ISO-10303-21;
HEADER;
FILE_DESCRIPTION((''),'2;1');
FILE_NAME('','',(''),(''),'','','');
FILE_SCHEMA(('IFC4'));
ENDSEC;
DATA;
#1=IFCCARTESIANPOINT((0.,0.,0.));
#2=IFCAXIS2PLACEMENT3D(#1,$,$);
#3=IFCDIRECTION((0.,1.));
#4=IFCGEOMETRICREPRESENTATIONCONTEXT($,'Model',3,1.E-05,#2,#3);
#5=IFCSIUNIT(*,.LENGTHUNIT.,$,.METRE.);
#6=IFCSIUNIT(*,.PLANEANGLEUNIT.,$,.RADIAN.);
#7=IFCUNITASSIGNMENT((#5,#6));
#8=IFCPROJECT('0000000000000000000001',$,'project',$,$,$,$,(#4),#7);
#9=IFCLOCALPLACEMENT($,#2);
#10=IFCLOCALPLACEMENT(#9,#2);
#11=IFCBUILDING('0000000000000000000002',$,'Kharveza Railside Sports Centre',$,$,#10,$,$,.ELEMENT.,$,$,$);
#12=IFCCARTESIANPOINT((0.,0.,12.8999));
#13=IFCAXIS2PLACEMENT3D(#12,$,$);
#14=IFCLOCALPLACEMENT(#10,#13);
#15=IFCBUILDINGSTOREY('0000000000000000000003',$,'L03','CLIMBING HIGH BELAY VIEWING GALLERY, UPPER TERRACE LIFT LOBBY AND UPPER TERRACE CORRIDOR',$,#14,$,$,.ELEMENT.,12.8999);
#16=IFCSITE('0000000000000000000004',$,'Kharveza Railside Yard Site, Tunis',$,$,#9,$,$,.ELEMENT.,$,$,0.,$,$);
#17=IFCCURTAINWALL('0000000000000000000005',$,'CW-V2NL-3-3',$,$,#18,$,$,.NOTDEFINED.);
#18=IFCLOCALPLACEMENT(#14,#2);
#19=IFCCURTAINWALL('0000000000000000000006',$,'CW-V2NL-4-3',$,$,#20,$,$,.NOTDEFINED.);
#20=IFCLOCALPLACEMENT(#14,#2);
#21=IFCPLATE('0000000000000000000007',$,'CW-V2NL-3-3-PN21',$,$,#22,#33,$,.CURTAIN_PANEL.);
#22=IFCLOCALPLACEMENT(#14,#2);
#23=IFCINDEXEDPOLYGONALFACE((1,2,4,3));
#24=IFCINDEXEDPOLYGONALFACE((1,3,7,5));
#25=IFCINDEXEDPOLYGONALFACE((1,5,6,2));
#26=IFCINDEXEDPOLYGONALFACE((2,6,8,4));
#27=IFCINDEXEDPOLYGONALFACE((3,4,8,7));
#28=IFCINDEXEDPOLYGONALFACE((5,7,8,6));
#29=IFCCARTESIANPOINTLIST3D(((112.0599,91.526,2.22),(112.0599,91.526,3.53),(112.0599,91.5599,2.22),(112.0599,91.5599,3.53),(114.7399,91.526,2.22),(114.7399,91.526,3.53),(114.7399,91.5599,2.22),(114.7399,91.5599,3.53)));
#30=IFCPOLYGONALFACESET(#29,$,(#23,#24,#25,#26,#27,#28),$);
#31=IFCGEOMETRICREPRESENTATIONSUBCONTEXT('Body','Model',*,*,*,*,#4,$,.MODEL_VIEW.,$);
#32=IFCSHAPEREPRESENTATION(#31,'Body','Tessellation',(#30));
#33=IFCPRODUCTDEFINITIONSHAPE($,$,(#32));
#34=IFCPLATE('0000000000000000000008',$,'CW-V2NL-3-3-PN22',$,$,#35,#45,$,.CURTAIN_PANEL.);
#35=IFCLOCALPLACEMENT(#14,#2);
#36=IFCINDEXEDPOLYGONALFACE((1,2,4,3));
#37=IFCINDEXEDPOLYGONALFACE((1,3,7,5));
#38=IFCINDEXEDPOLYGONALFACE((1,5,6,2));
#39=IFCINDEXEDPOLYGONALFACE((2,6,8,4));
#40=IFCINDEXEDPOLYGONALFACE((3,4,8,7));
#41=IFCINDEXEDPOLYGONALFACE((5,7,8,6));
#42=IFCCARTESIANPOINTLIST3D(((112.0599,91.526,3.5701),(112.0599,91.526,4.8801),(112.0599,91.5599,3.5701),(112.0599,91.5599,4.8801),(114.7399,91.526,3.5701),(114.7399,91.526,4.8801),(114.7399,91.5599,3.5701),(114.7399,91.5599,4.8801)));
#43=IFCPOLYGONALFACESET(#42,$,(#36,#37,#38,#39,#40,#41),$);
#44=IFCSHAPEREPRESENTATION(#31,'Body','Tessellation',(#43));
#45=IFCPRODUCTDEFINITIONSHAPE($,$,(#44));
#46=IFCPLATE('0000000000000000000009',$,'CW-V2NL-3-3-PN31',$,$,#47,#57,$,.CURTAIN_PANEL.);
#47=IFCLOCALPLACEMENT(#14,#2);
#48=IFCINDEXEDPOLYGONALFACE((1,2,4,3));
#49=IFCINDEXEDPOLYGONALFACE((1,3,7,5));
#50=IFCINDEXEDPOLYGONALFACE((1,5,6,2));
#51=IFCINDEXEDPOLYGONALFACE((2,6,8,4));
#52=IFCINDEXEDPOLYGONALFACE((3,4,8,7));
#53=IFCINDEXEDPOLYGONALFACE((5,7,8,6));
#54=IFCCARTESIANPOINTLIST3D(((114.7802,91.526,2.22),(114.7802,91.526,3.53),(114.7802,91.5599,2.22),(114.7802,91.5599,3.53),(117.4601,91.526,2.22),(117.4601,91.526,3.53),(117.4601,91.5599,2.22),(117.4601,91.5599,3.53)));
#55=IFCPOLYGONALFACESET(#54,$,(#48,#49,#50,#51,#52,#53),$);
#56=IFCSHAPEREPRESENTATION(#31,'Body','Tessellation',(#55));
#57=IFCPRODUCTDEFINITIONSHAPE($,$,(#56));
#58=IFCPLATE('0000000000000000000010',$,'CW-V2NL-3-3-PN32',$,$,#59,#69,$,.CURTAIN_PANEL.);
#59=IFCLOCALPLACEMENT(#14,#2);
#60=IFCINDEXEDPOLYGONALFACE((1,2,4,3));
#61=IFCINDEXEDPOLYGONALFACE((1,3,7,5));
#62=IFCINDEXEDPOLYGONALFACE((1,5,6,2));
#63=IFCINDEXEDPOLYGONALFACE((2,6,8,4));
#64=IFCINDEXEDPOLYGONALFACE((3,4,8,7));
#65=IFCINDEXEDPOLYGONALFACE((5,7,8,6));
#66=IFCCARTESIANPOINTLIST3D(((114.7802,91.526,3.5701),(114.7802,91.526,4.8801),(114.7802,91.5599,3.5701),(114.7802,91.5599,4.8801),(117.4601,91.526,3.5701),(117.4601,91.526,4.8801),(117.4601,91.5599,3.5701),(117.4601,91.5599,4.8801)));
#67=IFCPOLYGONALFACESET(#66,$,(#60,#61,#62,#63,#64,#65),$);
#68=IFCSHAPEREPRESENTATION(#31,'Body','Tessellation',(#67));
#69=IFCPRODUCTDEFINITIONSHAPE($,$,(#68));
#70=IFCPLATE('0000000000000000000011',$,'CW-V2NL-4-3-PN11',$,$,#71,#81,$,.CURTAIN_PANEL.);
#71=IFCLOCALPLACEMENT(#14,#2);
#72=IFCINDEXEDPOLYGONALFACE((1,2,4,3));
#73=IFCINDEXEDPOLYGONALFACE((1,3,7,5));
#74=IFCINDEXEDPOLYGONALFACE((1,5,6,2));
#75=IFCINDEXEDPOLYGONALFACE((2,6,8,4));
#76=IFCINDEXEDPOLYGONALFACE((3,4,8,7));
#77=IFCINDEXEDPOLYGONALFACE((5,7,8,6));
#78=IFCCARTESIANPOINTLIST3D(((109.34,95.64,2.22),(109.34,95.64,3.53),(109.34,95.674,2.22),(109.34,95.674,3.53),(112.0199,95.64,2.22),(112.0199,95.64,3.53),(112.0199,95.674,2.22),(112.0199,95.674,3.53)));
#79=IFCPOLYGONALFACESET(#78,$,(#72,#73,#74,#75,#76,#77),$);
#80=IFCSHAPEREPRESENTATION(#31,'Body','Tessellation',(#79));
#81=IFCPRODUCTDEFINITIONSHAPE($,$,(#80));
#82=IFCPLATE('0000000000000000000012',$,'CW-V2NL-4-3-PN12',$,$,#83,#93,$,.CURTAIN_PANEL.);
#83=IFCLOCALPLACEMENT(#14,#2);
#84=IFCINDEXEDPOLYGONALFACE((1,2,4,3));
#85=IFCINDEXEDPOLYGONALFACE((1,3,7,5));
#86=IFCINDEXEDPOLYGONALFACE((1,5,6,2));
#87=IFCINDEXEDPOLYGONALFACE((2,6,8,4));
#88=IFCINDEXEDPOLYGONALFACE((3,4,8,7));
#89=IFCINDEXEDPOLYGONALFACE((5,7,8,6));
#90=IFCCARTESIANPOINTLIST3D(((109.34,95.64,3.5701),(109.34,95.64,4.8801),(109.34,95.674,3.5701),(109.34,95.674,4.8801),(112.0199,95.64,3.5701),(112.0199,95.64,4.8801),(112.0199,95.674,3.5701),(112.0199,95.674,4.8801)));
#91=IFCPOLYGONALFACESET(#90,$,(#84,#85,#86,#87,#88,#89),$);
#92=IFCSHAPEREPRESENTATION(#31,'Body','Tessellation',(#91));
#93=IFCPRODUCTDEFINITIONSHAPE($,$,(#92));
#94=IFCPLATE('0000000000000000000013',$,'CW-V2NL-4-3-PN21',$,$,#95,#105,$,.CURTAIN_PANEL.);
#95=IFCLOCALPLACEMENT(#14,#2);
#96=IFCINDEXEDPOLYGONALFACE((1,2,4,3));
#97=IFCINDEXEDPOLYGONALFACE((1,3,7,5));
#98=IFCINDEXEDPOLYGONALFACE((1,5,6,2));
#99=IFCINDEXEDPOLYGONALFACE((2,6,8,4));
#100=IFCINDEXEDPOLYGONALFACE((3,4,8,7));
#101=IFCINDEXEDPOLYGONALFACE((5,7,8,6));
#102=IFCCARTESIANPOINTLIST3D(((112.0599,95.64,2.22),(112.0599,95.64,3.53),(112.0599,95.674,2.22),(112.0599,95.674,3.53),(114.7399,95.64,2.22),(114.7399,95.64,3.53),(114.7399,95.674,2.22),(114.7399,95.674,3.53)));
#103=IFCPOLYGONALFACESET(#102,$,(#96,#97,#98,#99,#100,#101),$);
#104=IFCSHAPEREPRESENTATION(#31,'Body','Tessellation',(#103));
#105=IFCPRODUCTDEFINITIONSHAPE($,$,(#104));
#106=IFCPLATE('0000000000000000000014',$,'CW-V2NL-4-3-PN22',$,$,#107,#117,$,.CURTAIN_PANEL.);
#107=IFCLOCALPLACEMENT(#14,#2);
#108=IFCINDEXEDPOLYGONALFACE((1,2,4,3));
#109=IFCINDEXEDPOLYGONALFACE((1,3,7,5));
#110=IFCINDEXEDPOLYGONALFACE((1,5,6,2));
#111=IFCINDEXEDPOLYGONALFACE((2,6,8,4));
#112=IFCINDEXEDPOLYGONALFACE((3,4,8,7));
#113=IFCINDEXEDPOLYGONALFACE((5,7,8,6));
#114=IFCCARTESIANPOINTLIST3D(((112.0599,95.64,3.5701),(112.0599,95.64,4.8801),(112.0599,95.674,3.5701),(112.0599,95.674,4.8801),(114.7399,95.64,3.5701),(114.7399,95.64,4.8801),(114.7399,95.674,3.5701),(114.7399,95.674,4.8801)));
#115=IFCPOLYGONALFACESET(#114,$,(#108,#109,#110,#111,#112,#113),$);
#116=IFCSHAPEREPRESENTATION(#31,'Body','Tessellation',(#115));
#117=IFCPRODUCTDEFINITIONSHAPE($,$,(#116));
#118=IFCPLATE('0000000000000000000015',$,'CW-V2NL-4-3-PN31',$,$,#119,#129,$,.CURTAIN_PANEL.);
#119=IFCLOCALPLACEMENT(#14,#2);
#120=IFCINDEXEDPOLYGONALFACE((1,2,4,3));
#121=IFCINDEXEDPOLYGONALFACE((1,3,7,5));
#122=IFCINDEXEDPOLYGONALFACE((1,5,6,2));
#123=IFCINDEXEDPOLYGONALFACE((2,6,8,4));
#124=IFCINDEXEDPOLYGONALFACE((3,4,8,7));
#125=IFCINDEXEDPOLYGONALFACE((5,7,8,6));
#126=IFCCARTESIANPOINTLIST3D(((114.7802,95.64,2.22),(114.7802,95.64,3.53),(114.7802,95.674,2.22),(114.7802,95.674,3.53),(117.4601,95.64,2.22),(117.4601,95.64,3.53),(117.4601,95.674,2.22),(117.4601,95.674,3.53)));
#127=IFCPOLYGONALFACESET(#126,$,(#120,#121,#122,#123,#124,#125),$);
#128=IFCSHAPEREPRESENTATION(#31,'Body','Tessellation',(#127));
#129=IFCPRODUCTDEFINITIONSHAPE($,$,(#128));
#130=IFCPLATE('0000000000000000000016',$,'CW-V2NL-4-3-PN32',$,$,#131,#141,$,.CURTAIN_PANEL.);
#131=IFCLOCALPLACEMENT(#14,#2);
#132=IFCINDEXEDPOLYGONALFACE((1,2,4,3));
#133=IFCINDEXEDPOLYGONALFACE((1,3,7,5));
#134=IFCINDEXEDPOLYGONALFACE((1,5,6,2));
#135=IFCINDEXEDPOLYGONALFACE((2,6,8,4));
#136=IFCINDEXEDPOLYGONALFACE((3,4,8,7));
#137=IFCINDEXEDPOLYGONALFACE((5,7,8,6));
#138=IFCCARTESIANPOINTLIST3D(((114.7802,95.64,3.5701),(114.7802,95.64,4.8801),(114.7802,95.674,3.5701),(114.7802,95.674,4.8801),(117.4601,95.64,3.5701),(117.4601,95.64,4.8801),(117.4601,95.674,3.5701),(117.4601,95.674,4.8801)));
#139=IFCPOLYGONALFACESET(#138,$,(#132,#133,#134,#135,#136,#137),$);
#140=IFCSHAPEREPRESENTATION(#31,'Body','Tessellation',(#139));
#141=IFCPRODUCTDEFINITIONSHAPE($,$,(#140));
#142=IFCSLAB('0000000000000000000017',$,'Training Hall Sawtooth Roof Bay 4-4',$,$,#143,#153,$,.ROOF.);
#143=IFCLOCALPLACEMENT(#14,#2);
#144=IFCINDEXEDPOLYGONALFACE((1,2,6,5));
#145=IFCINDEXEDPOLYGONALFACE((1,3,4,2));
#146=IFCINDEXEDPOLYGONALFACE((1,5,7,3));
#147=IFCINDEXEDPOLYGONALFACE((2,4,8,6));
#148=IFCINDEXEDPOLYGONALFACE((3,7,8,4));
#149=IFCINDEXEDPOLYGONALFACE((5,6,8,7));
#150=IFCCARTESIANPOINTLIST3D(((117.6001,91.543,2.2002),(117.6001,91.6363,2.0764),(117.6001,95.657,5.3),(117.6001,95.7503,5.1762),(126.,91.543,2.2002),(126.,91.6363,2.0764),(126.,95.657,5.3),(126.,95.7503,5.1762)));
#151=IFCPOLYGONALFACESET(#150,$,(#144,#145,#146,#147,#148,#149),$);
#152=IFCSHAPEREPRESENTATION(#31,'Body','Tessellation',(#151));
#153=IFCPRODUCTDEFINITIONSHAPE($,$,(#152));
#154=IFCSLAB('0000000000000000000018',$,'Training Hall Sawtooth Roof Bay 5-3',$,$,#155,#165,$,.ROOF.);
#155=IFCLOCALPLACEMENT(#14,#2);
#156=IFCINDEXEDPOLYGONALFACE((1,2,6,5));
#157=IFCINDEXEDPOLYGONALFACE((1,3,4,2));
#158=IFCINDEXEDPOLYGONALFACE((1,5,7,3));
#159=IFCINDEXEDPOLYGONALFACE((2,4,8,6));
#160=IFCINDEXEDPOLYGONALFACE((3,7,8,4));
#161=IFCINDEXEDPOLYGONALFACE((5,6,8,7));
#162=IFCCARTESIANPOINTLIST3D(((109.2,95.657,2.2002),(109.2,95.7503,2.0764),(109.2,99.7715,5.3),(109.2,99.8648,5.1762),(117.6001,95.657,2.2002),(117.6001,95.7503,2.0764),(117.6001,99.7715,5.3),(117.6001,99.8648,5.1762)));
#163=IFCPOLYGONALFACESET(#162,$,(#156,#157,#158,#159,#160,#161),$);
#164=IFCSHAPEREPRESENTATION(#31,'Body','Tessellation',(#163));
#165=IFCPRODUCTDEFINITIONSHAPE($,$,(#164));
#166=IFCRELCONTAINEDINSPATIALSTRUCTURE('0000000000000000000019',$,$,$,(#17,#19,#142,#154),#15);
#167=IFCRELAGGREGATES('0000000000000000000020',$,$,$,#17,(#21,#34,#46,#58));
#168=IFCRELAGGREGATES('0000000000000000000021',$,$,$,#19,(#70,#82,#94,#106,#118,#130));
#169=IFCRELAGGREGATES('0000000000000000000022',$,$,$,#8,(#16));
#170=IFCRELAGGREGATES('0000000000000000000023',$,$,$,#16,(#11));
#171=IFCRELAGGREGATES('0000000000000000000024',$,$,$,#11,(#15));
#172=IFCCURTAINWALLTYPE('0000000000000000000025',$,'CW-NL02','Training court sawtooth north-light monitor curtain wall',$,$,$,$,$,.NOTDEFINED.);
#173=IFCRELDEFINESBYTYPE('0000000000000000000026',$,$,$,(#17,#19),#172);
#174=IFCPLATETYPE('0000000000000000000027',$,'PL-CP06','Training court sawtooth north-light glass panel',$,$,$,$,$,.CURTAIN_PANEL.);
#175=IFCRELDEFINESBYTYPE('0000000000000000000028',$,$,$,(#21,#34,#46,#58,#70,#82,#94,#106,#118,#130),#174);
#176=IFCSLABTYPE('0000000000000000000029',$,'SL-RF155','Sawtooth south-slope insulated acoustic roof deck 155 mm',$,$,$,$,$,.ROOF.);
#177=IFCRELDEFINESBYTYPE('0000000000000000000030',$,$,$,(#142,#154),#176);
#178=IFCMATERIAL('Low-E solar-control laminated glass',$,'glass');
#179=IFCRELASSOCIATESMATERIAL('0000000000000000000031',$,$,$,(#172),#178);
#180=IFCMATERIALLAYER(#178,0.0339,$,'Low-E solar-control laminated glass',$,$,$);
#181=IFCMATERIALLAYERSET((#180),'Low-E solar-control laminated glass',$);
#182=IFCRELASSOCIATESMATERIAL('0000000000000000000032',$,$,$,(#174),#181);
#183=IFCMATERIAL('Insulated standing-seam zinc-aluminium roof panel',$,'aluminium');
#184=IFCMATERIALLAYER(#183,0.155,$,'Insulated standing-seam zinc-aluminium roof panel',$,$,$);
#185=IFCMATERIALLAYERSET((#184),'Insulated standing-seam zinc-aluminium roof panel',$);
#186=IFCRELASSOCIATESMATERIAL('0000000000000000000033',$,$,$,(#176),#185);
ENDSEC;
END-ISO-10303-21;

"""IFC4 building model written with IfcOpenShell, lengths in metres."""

from ifc_helpers import new_model, si_unit, direction, frame, origin, origin_2d, place, context, subcontext, project, spatial, polyline, rectangle, outline, extrude, material, layer, layer_set, type_object, element, aggregate, save


model = new_model("IFC4")

# Units and contexts
model_context = context("Model", 3, precision=1e-05, world=origin(), true_north=direction((0.0, 1.0)))
body_context = subcontext(model_context, "Body", "Model", "MODEL_VIEW")
ifc_project = project(units=[si_unit("LENGTHUNIT", "METRE"), si_unit("PLANEANGLEUNIT", "RADIAN")], contexts=[model_context])

# Site, building, storey
site_placement = place(None, origin())
site = spatial("IfcSite", under=ifc_project, at=site_placement, Name="Kharveza Railside Yard Site, Tunis", CompositionType="ELEMENT", RefElevation=0.0)
building_placement = place(site_placement, origin())
building = spatial("IfcBuilding", under=site, at=building_placement, Name="Kharveza Railside Sports Centre", CompositionType="ELEMENT")
storey_placement = place(building_placement, frame((0.0, 0.0, 12.8999)))
storey = spatial("IfcBuildingStorey", under=building, at=storey_placement, Name="L03", Description="CLIMBING HIGH BELAY VIEWING GALLERY, UPPER TERRACE LIFT LOBBY AND UPPER TERRACE CORRIDOR", CompositionType="ELEMENT", Elevation=12.8999)

# Curtain walls
ifc_material_1 = material(Name="Low-E solar-control laminated glass", Category="glass")
curtain_wall_type = type_object("IfcCurtainWallType", Name="CW-NL02", Description="Training court sawtooth north-light monitor curtain wall", PredefinedType="NOTDEFINED", material=ifc_material_1)
curtain_wall_1_placement = place(storey_placement, origin())
curtain_wall_1 = element("IfcCurtainWall", 1, at=curtain_wall_1_placement, inside=storey, type_object=curtain_wall_type, Name="CW-V2NL-3-3", PredefinedType="NOTDEFINED")
curtain_wall_2_placement = place(storey_placement, origin())
curtain_wall_2 = element("IfcCurtainWall", 2, at=curtain_wall_2_placement, inside=storey, type_object=curtain_wall_type, Name="CW-V2NL-4-3", PredefinedType="NOTDEFINED")

# Plates
ifc_layer_1 = layer(ifc_material_1, 0.0339, Name="Low-E solar-control laminated glass")
ifc_layer_set_1 = layer_set([ifc_layer_1], Name="Low-E solar-control laminated glass")
plate_type = type_object("IfcPlateType", Name="PL-CP06", Description="Training court sawtooth north-light glass panel", PredefinedType="CURTAIN_PANEL", material=ifc_layer_set_1)
plate_1_placement = place(storey_placement, frame((113.3999, 91.543, 2.22), z_axis=(0.0, 0.0, 1.0), x_axis=(1.0, 0.0, 0.0)))
plate_1 = element("IfcPlate", 3, at=plate_1_placement, type_object=plate_type, Name="CW-V2NL-3-3-PN21", PredefinedType="CURTAIN_PANEL", context=body_context, shape_type="SweptSolid", body=[
    extrude(rectangle(XDim=2.6799, YDim=0.0339, at=origin_2d()), origin(), (0.0, 0.0, 1.0), 1.3101),
])
plate_2_placement = place(storey_placement, frame((113.3999, 91.543, 3.5701), z_axis=(0.0, 0.0, 1.0), x_axis=(1.0, 0.0, 0.0)))
plate_2 = element("IfcPlate", 4, at=plate_2_placement, type_object=plate_type, Name="CW-V2NL-3-3-PN22", PredefinedType="CURTAIN_PANEL", context=body_context, shape_type="SweptSolid", body=[
    extrude(rectangle(XDim=2.6799, YDim=0.0339, at=origin_2d()), origin(), (0.0, 0.0, 1.0), 1.3101),
])
plate_3_placement = place(storey_placement, frame((116.1201, 91.543, 2.22), z_axis=(0.0, 0.0, 1.0), x_axis=(1.0, 0.0, 0.0)))
plate_3 = element("IfcPlate", 5, at=plate_3_placement, type_object=plate_type, Name="CW-V2NL-3-3-PN31", PredefinedType="CURTAIN_PANEL", context=body_context, shape_type="SweptSolid", body=[
    extrude(rectangle(XDim=2.6799, YDim=0.0339, at=origin_2d()), origin(), (0.0, 0.0, 1.0), 1.3101),
])
plate_4_placement = place(storey_placement, frame((116.1201, 91.543, 3.5701), z_axis=(0.0, 0.0, 1.0), x_axis=(1.0, 0.0, 0.0)))
plate_4 = element("IfcPlate", 6, at=plate_4_placement, type_object=plate_type, Name="CW-V2NL-3-3-PN32", PredefinedType="CURTAIN_PANEL", context=body_context, shape_type="SweptSolid", body=[
    extrude(rectangle(XDim=2.6799, YDim=0.0339, at=origin_2d()), origin(), (0.0, 0.0, 1.0), 1.3101),
])
aggregate(curtain_wall_1, [plate_1, plate_2, plate_3, plate_4])
plate_5_placement = place(storey_placement, frame((110.6799, 95.657, 2.22), z_axis=(0.0, 0.0, 1.0), x_axis=(1.0, 0.0, 0.0)))
plate_5 = element("IfcPlate", 7, at=plate_5_placement, type_object=plate_type, Name="CW-V2NL-4-3-PN11", PredefinedType="CURTAIN_PANEL", context=body_context, shape_type="SweptSolid", body=[
    extrude(rectangle(XDim=2.6799, YDim=0.0339, at=origin_2d()), origin(), (0.0, 0.0, 1.0), 1.3101),
])
plate_6_placement = place(storey_placement, frame((110.6799, 95.657, 3.5701), z_axis=(0.0, 0.0, 1.0), x_axis=(1.0, 0.0, 0.0)))
plate_6 = element("IfcPlate", 8, at=plate_6_placement, type_object=plate_type, Name="CW-V2NL-4-3-PN12", PredefinedType="CURTAIN_PANEL", context=body_context, shape_type="SweptSolid", body=[
    extrude(rectangle(XDim=2.6799, YDim=0.0339, at=origin_2d()), origin(), (0.0, 0.0, 1.0), 1.3101),
])
plate_7_placement = place(storey_placement, frame((113.3999, 95.657, 2.22), z_axis=(0.0, 0.0, 1.0), x_axis=(1.0, 0.0, 0.0)))
plate_7 = element("IfcPlate", 9, at=plate_7_placement, type_object=plate_type, Name="CW-V2NL-4-3-PN21", PredefinedType="CURTAIN_PANEL", context=body_context, shape_type="SweptSolid", body=[
    extrude(rectangle(XDim=2.6799, YDim=0.0339, at=origin_2d()), origin(), (0.0, 0.0, 1.0), 1.3101),
])
plate_8_placement = place(storey_placement, frame((113.3999, 95.657, 3.5701), z_axis=(0.0, 0.0, 1.0), x_axis=(1.0, 0.0, 0.0)))
plate_8 = element("IfcPlate", 10, at=plate_8_placement, type_object=plate_type, Name="CW-V2NL-4-3-PN22", PredefinedType="CURTAIN_PANEL", context=body_context, shape_type="SweptSolid", body=[
    extrude(rectangle(XDim=2.6799, YDim=0.0339, at=origin_2d()), origin(), (0.0, 0.0, 1.0), 1.3101),
])
plate_9_placement = place(storey_placement, frame((116.1201, 95.657, 2.22), z_axis=(0.0, 0.0, 1.0), x_axis=(1.0, 0.0, 0.0)))
plate_9 = element("IfcPlate", 11, at=plate_9_placement, type_object=plate_type, Name="CW-V2NL-4-3-PN31", PredefinedType="CURTAIN_PANEL", context=body_context, shape_type="SweptSolid", body=[
    extrude(rectangle(XDim=2.6799, YDim=0.0339, at=origin_2d()), origin(), (0.0, 0.0, 1.0), 1.3101),
])
plate_10_placement = place(storey_placement, frame((116.1201, 95.657, 3.5701), z_axis=(0.0, 0.0, 1.0), x_axis=(1.0, 0.0, 0.0)))
plate_10 = element("IfcPlate", 12, at=plate_10_placement, type_object=plate_type, Name="CW-V2NL-4-3-PN32", PredefinedType="CURTAIN_PANEL", context=body_context, shape_type="SweptSolid", body=[
    extrude(rectangle(XDim=2.6799, YDim=0.0339, at=origin_2d()), origin(), (0.0, 0.0, 1.0), 1.3101),
])
aggregate(curtain_wall_2, [plate_5, plate_6, plate_7, plate_8, plate_9, plate_10])

# Slabs
ifc_material_2 = material(Name="Insulated standing-seam zinc-aluminium roof panel", Category="aluminium")
ifc_layer_2 = layer(ifc_material_2, 0.155, Name="Insulated standing-seam zinc-aluminium roof panel")
ifc_layer_set_2 = layer_set([ifc_layer_2], Name="Insulated standing-seam zinc-aluminium roof panel")
slab_type = type_object("IfcSlabType", Name="SL-RF155", Description="Sawtooth south-slope insulated acoustic roof deck 155 mm", PredefinedType="ROOF", material=ifc_layer_set_2)
slab_1_placement = place(storey_placement, frame((117.6001, 91.543, 2.2002), z_axis=(0.0, -0.601781, 0.798661), x_axis=(1.0, 0.0, 0.0)))
element("IfcSlab", 13, at=slab_1_placement, inside=storey, type_object=slab_type, Name="Training Hall Sawtooth Roof Bay 4-4", PredefinedType="ROOF", context=body_context, shape_type="SweptSolid", body=[
    extrude(outline(polyline([(0.0, 0.0), (8.3999, 0.0), (8.3999, 5.1511), (0.0, 5.1511), (0.0, 0.0)])), origin(), (0.0, 0.0, -1.0), 0.155),
])
slab_2_placement = place(storey_placement, frame((109.2, 95.657, 2.2002), z_axis=(0.0, -0.601735, 0.798696), x_axis=(1.0, 0.0, 0.0)))
element("IfcSlab", 14, at=slab_2_placement, inside=storey, type_object=slab_type, Name="Training Hall Sawtooth Roof Bay 5-3", PredefinedType="ROOF", context=body_context, shape_type="SweptSolid", body=[
    extrude(outline(polyline([(0.0, 0.0), (8.4001, 0.0), (8.4001, 5.1515), (0.0, 5.1515), (0.0, 0.0)])), origin(), (0.0, 0.0, -1.0), 0.155),
])

save(model, "model.ifc")
